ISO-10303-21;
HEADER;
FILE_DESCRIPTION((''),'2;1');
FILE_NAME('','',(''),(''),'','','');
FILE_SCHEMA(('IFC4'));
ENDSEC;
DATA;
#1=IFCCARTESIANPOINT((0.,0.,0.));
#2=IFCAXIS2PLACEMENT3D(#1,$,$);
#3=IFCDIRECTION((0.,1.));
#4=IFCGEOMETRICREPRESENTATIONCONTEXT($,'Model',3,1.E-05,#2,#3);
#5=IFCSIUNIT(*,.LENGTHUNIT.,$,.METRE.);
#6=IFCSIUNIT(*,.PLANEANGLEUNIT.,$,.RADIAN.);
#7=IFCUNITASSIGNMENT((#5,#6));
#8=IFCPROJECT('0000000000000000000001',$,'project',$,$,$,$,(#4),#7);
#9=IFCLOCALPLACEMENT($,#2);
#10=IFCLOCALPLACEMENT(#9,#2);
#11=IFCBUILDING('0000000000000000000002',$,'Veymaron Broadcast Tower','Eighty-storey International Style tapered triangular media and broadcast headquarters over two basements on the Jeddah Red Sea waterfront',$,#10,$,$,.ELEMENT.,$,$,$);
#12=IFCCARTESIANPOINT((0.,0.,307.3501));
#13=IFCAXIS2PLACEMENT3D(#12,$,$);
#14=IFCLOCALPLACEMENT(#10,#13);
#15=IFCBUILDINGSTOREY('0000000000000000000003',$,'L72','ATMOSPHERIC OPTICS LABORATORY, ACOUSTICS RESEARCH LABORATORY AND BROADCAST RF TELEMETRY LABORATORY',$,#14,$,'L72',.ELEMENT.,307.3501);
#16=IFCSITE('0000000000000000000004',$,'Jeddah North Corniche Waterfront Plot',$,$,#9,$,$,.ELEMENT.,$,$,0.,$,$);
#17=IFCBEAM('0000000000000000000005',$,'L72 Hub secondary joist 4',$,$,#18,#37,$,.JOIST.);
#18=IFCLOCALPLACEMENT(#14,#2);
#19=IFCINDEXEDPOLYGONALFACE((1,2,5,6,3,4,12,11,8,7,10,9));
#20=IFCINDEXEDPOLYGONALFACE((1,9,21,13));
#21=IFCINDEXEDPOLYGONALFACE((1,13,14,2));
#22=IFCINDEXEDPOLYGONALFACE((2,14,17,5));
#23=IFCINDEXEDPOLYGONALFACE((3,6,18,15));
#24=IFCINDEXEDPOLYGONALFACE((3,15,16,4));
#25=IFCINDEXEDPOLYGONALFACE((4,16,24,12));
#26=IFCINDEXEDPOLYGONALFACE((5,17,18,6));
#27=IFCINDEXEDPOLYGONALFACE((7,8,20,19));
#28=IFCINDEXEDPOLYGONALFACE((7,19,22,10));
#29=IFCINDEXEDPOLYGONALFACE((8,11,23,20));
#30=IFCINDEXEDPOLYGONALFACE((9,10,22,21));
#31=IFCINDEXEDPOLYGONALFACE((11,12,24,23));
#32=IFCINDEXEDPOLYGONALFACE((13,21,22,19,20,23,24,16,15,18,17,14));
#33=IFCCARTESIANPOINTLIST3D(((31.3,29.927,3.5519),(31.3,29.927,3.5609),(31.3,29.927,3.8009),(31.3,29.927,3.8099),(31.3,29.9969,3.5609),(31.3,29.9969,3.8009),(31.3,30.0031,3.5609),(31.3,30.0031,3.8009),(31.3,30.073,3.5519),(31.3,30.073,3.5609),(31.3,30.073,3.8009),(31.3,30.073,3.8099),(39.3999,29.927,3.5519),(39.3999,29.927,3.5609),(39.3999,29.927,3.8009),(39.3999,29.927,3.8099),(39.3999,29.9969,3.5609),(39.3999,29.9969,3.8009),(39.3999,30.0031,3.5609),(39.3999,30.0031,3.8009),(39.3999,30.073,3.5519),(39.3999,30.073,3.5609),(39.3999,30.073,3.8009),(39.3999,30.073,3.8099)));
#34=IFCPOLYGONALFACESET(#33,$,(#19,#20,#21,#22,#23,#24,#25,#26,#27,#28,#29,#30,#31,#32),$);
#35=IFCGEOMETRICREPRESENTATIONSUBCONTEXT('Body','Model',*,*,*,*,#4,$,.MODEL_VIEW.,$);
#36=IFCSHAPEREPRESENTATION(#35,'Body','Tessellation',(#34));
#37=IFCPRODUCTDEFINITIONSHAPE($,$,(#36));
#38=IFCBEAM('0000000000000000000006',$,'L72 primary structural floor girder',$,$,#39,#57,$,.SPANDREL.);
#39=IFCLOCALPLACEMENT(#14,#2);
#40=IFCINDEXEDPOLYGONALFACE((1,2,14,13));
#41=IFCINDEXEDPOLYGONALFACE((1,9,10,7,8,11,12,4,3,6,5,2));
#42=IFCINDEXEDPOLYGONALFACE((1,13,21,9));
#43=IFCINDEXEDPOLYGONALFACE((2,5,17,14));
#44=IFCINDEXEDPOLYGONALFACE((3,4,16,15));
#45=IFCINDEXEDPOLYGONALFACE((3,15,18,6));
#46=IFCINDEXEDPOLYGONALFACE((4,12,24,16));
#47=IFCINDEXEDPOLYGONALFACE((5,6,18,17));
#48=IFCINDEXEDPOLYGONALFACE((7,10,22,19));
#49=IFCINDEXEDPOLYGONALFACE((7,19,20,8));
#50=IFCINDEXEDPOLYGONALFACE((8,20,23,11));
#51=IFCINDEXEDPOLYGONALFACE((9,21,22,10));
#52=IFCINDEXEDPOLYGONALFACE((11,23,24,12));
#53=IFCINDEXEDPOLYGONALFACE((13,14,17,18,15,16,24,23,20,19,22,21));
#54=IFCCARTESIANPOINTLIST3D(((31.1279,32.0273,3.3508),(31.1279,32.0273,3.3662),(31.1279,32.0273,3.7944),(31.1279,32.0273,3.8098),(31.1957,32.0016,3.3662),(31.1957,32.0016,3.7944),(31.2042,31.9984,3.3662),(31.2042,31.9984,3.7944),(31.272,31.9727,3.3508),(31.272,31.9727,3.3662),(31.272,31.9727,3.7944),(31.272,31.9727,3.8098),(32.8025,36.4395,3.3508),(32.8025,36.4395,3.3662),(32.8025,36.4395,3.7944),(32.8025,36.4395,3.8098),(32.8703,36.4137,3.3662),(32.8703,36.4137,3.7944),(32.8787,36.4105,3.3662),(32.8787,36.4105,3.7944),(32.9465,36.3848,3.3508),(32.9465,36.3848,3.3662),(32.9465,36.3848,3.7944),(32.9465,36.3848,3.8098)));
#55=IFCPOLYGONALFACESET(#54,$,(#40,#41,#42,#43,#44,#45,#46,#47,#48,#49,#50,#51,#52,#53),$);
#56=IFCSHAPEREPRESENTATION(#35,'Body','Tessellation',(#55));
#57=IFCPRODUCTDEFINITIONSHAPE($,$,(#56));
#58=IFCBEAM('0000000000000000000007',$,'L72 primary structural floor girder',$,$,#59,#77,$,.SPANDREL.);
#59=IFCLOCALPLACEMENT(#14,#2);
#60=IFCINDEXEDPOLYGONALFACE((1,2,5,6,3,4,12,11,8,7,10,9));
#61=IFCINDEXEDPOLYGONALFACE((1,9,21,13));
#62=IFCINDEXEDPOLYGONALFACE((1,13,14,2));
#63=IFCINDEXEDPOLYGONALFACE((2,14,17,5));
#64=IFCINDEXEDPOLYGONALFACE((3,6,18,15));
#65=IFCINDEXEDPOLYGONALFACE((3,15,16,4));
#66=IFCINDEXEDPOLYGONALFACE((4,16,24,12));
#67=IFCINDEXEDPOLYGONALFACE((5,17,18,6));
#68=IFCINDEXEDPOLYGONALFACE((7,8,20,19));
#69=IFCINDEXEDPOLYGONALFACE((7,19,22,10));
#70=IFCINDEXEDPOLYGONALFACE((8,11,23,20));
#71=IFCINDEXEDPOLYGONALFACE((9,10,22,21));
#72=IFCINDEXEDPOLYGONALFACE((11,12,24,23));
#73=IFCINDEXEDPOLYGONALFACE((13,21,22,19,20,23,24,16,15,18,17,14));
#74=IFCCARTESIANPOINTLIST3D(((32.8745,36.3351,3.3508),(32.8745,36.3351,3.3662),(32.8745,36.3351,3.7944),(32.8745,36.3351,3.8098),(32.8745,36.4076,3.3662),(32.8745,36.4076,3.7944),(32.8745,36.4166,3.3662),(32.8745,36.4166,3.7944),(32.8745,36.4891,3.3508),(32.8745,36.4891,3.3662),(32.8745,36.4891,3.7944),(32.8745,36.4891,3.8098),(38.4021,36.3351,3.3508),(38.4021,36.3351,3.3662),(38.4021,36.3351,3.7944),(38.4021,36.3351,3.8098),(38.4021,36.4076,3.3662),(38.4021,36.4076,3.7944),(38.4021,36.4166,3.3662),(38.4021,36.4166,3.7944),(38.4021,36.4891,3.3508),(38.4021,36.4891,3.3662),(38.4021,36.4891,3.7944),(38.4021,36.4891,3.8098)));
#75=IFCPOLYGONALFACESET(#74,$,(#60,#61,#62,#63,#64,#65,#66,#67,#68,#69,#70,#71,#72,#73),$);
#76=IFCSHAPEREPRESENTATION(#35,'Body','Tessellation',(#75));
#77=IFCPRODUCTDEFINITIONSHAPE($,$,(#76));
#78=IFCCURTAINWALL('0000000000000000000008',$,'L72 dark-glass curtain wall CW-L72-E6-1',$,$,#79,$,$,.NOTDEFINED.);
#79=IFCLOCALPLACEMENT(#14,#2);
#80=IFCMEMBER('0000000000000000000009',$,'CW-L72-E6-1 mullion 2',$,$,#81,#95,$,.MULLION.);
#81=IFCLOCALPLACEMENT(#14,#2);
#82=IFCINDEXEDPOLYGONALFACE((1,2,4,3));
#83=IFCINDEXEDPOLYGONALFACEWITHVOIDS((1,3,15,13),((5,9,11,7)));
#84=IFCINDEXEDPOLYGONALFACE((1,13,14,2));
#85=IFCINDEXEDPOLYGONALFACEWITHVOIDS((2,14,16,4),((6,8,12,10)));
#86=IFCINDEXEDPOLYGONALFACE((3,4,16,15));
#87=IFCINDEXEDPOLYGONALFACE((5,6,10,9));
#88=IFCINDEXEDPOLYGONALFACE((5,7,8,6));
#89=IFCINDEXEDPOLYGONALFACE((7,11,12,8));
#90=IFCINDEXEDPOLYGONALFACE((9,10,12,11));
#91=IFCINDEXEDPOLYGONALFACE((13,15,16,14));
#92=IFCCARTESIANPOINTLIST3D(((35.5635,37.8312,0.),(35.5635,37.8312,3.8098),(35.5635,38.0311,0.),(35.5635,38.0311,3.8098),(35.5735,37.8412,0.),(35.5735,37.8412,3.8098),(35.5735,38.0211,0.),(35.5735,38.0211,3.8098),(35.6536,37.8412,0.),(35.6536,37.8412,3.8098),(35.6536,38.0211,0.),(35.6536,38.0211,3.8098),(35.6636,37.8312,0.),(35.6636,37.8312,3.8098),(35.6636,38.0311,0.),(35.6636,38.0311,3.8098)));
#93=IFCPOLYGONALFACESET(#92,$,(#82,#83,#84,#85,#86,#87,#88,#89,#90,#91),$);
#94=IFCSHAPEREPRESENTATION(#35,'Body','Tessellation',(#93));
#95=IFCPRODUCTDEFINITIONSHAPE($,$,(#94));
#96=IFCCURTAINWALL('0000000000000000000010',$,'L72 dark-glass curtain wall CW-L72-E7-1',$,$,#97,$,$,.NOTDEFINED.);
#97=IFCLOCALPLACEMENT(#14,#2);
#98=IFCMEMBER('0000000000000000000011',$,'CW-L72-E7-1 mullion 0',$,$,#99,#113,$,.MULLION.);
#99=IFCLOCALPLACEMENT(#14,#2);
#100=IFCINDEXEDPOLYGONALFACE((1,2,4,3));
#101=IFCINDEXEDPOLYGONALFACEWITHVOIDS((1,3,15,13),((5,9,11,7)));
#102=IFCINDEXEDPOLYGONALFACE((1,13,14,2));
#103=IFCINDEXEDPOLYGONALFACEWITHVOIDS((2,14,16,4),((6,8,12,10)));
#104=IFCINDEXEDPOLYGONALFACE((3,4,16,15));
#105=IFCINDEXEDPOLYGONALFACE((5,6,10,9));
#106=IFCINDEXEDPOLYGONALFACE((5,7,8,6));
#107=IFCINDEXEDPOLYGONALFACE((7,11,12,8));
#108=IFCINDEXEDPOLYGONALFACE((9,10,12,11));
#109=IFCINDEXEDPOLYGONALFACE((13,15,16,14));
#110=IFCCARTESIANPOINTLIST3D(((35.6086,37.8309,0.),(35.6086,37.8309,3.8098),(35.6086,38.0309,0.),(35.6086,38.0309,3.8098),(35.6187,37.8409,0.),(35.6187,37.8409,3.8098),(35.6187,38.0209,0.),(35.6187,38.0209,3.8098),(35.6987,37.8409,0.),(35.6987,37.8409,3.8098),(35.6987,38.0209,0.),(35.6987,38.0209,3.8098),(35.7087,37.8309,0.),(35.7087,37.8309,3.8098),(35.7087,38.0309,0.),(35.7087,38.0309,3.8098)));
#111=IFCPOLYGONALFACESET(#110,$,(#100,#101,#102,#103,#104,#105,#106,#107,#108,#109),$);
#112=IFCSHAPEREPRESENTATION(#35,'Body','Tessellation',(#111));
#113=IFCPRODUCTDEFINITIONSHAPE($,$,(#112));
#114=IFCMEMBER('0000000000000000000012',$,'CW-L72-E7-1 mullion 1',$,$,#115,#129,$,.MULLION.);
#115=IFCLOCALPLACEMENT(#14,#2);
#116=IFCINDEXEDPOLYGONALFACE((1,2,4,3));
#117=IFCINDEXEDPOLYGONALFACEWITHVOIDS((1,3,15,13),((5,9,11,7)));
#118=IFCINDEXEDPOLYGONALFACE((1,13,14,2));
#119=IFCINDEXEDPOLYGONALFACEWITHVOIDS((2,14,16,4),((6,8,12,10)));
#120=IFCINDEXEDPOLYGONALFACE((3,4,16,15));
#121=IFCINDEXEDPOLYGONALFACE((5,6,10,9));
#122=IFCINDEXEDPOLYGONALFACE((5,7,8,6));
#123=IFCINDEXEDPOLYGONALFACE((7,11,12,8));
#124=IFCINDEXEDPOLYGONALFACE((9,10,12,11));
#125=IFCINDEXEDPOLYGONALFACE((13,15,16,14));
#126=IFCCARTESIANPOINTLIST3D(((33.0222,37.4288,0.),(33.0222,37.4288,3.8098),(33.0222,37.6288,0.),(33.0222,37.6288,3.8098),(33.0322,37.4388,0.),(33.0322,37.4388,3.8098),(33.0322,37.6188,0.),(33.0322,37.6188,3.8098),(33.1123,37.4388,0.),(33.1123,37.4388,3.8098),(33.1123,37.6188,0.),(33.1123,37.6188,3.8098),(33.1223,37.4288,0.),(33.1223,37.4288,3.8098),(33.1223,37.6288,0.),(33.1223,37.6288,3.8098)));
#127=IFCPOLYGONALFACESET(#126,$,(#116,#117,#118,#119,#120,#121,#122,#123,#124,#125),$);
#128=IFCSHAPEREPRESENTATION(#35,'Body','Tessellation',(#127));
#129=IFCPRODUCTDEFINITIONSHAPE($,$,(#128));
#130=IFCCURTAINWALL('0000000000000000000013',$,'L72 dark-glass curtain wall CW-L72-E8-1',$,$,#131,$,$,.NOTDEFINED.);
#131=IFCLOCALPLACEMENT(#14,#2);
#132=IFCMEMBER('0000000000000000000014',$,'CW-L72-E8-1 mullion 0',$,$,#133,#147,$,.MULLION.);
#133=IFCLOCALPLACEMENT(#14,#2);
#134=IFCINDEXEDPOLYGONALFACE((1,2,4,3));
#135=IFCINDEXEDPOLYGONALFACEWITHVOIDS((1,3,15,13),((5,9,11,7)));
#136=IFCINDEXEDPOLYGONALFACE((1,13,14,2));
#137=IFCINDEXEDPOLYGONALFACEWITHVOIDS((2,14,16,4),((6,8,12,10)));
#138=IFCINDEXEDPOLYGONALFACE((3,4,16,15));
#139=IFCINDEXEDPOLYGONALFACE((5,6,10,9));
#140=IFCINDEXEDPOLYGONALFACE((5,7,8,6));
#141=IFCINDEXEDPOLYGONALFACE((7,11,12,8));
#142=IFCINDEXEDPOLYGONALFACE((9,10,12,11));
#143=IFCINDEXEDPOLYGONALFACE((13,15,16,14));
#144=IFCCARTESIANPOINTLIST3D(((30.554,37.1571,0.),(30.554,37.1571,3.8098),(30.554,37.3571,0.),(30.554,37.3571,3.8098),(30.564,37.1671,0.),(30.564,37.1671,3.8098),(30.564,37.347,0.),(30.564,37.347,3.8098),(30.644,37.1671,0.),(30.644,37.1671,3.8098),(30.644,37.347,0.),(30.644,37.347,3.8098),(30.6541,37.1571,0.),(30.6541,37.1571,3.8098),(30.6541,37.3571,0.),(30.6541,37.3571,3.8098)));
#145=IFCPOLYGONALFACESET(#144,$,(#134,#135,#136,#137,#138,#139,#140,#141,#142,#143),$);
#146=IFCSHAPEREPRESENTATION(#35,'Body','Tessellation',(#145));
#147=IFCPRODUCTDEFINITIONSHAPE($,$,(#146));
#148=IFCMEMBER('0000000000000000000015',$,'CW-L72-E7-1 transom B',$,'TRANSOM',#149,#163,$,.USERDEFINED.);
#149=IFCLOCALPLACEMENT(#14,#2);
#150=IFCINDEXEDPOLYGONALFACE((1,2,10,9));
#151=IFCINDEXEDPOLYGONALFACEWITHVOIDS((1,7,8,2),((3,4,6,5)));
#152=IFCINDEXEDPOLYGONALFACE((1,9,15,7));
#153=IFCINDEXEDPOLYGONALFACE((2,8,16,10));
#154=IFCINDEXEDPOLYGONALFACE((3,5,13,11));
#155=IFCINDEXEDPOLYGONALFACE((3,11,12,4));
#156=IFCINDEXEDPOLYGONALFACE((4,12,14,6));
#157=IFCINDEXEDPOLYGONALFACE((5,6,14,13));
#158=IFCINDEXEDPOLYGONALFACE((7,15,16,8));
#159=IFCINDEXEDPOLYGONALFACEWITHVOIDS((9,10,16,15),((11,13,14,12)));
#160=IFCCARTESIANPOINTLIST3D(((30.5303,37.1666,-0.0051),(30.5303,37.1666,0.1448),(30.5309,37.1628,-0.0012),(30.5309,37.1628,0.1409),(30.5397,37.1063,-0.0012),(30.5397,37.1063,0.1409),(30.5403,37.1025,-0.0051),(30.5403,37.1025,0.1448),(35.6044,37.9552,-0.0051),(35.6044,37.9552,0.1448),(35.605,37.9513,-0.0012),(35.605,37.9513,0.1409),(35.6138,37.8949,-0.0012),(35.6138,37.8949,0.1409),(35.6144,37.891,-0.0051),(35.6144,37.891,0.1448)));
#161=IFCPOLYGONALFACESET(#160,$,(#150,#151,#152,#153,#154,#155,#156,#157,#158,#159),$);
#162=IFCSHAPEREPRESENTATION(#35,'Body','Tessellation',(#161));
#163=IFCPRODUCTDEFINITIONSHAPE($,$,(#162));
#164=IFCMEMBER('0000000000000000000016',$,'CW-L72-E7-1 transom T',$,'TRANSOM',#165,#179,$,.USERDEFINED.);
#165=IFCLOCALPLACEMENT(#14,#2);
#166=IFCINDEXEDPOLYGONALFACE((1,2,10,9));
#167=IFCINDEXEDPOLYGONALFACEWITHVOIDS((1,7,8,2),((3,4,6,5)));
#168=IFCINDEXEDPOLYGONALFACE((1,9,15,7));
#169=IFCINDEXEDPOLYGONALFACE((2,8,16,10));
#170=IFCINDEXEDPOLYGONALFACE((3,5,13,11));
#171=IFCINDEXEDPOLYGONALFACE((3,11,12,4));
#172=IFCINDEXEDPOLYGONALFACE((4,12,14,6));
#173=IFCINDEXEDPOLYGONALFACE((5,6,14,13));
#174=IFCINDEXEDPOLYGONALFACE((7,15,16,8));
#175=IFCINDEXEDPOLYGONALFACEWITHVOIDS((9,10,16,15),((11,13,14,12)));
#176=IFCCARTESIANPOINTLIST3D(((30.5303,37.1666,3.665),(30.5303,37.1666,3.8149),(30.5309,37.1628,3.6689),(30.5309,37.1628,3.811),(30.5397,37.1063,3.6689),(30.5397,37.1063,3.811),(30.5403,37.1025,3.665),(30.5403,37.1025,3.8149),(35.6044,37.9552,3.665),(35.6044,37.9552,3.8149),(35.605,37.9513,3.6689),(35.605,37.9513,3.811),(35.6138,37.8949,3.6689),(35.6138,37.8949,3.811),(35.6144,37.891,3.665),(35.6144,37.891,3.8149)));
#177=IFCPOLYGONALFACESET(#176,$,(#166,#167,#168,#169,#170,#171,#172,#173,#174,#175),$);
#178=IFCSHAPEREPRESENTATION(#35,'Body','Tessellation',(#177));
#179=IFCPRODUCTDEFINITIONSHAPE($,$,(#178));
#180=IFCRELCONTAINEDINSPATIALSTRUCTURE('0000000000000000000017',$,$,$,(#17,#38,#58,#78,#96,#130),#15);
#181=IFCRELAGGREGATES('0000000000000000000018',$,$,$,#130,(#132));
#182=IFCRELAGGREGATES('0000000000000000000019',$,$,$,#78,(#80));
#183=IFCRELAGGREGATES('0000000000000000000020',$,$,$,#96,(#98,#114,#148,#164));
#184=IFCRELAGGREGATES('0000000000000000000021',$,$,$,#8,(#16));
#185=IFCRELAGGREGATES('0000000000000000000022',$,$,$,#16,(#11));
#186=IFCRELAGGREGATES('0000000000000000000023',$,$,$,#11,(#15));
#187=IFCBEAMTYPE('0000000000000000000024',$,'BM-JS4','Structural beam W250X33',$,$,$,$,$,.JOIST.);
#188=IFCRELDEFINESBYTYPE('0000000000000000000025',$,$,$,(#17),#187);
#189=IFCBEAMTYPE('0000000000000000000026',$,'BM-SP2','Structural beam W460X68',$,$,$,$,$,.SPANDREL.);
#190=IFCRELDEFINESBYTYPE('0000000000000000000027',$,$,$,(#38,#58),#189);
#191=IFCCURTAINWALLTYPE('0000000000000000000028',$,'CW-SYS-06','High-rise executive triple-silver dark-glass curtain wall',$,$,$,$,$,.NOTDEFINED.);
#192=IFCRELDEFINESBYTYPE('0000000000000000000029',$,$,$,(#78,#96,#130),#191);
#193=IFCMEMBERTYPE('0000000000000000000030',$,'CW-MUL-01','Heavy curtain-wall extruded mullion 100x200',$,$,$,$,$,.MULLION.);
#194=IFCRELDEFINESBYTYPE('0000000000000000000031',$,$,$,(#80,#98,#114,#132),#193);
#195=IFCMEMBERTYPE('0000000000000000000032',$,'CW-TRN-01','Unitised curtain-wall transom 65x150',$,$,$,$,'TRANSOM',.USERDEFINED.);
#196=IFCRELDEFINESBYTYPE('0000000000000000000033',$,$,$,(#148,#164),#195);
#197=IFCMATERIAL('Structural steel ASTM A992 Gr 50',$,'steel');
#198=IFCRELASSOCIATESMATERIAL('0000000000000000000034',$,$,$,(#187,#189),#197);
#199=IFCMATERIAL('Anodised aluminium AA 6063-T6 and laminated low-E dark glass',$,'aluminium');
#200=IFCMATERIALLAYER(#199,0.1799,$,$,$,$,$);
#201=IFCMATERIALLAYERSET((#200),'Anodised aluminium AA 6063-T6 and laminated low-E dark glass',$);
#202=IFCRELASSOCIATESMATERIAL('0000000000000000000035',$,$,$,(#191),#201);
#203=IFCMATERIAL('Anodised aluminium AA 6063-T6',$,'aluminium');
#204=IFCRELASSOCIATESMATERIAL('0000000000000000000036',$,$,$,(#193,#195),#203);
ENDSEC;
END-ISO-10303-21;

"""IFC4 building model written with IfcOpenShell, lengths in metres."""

from ifc_helpers import new_model, si_unit, direction, frame, origin, origin_2d, place, context, subcontext, project, spatial, hollow_rectangle, i_section, extrude, material, layer, layer_set, material_profile, profile_set, type_object, element, aggregate, save


model = new_model("IFC4")

# Units and contexts
model_context = context("Model", 3, precision=1e-05, world=origin(), true_north=direction((0.0, 1.0)))
body_context = subcontext(model_context, "Body", "Model", "MODEL_VIEW")
ifc_project = project(units=[si_unit("LENGTHUNIT", "METRE"), si_unit("PLANEANGLEUNIT", "RADIAN")], contexts=[model_context])

# Site, building, storey
site_placement = place(None, origin())
site = spatial("IfcSite", under=ifc_project, at=site_placement, Name="Jeddah North Corniche Waterfront Plot", CompositionType="ELEMENT", RefElevation=0.0)
building_placement = place(site_placement, origin())
building = spatial("IfcBuilding", under=site, at=building_placement, Name="Veymaron Broadcast Tower", Description="Eighty-storey International Style tapered triangular media and broadcast headquarters over two basements on the Jeddah Red Sea waterfront", CompositionType="ELEMENT")
storey_placement = place(building_placement, frame((0.0, 0.0, 307.3501)))
storey = spatial("IfcBuildingStorey", under=building, at=storey_placement, Name="L72", Description="ATMOSPHERIC OPTICS LABORATORY, ACOUSTICS RESEARCH LABORATORY AND BROADCAST RF TELEMETRY LABORATORY", LongName="L72", CompositionType="ELEMENT", Elevation=307.3501)

# Shared definitions
ifc_material_1 = material(Name="Structural steel ASTM A992 Gr 50", Category="steel")

# Beams
ifc_material_profile_1 = material_profile(ifc_material_1, i_section(OverallWidth=0.146, OverallDepth=0.2581, WebThickness=0.0061, FlangeThickness=0.009, at=origin_2d()), Name="W250X33")
ifc_profile_set_1 = profile_set([ifc_material_profile_1], Name="Structural steel ASTM A992 Gr 50")
beam_type_1 = type_object("IfcBeamType", Name="BM-JS4", Description="Structural beam W250X33", PredefinedType="JOIST", material=ifc_profile_set_1)
for number, where, z_axis, x_axis, name in (
    (1, (31.3, 30.0, 3.6809), (1.0, 0.0, 0.0), (0.0, 1.0, 0.0), "L72 Hub secondary joist 4"),
):
    element("IfcBeam", number, at=place(storey_placement, frame(where, z_axis=z_axis, x_axis=x_axis)), inside=storey, type_object=beam_type_1, Name=name, PredefinedType="JOIST", context=body_context, shape_type="SweptSolid", body=[
        extrude(i_section(OverallWidth=0.146, OverallDepth=0.2581, WebThickness=0.0061, FlangeThickness=0.009, at=origin_2d()), origin(), (0.0, 0.0, 1.0), 8.0999),
    ])
ifc_material_profile_2 = material_profile(ifc_material_1, i_section(OverallWidth=0.1541, OverallDepth=0.459, WebThickness=0.009, FlangeThickness=0.0154, at=origin_2d()), Name="W460X68")
ifc_profile_set_2 = profile_set([ifc_material_profile_2], Name="Structural steel ASTM A992 Gr 50")
beam_type_2 = type_object("IfcBeamType", Name="BM-SP2", Description="Structural beam W460X68", PredefinedType="SPANDREL", material=ifc_profile_set_2)
beam_1_placement = place(storey_placement, frame((31.2, 32.0, 3.5803), z_axis=(0.35484, 0.934927, 0.0), x_axis=(-0.934927, 0.35484, 0.0)))
element("IfcBeam", 2, at=beam_1_placement, inside=storey, type_object=beam_type_2, Name="L72 primary structural floor girder", PredefinedType="SPANDREL", context=body_context, shape_type="SweptSolid", body=[
    extrude(i_section(OverallWidth=0.1541, OverallDepth=0.459, WebThickness=0.009, FlangeThickness=0.0154, at=origin_2d()), origin(), (0.0, 0.0, 1.0), 4.7192),
])
beam_2_placement = place(storey_placement, frame((32.8745, 36.4121, 3.5803), z_axis=(1.0, 0.0, 0.0), x_axis=(0.0, 1.0, 0.0)))
element("IfcBeam", 3, at=beam_2_placement, inside=storey, type_object=beam_type_2, Name="L72 primary structural floor girder", PredefinedType="SPANDREL", context=body_context, shape_type="SweptSolid", body=[
    extrude(i_section(OverallWidth=0.1541, OverallDepth=0.459, WebThickness=0.009, FlangeThickness=0.0154, at=origin_2d()), origin(), (0.0, 0.0, 1.0), 5.5276),
])

# Curtain wall, member
ifc_material_2 = material(Name="Anodised aluminium AA 6063-T6 and laminated low-E dark glass", Category="aluminium")
ifc_layer_1 = layer(ifc_material_2, 0.1799)
ifc_layer_set_1 = layer_set([ifc_layer_1], Name="Anodised aluminium AA 6063-T6 and laminated low-E dark glass")
curtain_wall_type = type_object("IfcCurtainWallType", Name="CW-SYS-06", Description="High-rise executive triple-silver dark-glass curtain wall", PredefinedType="NOTDEFINED", material=ifc_layer_set_1)
curtain_wall_1_placement = place(storey_placement, origin())
curtain_wall_1 = element("IfcCurtainWall", 4, at=curtain_wall_1_placement, inside=storey, type_object=curtain_wall_type, Name="L72 dark-glass curtain wall CW-L72-E6-1", PredefinedType="NOTDEFINED")
ifc_material_3 = material(Name="Anodised aluminium AA 6063-T6", Category="aluminium")
ifc_material_profile_3 = material_profile(ifc_material_3, hollow_rectangle(XDim=0.1001, YDim=0.2, WallThickness=0.01, at=origin_2d()), Name="RHS200X100X10")
ifc_profile_set_3 = profile_set([ifc_material_profile_3], Name="Anodised aluminium AA 6063-T6")
member_type_1 = type_object("IfcMemberType", Name="CW-MUL-01", Description="Heavy curtain-wall extruded mullion 100x200", PredefinedType="MULLION", material=ifc_profile_set_3)
member_1_placement = place(storey_placement, frame((35.6135, 37.9312, 0.0), z_axis=(0.0, 0.0, 1.0), x_axis=(1.0, 0.0, 0.0)))
member_1 = element("IfcMember", 5, at=member_1_placement, type_object=member_type_1, Name="CW-L72-E6-1 mullion 2", PredefinedType="MULLION", context=body_context, shape_type="SweptSolid", body=[
    extrude(hollow_rectangle(XDim=0.1001, YDim=0.2, WallThickness=0.01, at=origin_2d()), origin(), (0.0, 0.0, 1.0), 3.8098),
])

# Curtain wall, members
curtain_wall_2_placement = place(storey_placement, origin())
curtain_wall_2 = element("IfcCurtainWall", 6, at=curtain_wall_2_placement, inside=storey, type_object=curtain_wall_type, Name="L72 dark-glass curtain wall CW-L72-E7-1", PredefinedType="NOTDEFINED")
member_2_placement = place(storey_placement, frame((35.6587, 37.9309, 0.0), z_axis=(0.0, 0.0, 1.0), x_axis=(1.0, 0.0, 0.0)))
member_2 = element("IfcMember", 7, at=member_2_placement, type_object=member_type_1, Name="CW-L72-E7-1 mullion 0", PredefinedType="MULLION", context=body_context, shape_type="SweptSolid", body=[
    extrude(hollow_rectangle(XDim=0.1001, YDim=0.2, WallThickness=0.01, at=origin_2d()), origin(), (0.0, 0.0, 1.0), 3.8098),
])
member_3_placement = place(storey_placement, frame((33.0723, 37.5288, 0.0), z_axis=(0.0, 0.0, 1.0), x_axis=(1.0, 0.0, 0.0)))
member_3 = element("IfcMember", 8, at=member_3_placement, type_object=member_type_1, Name="CW-L72-E7-1 mullion 1", PredefinedType="MULLION", context=body_context, shape_type="SweptSolid", body=[
    extrude(hollow_rectangle(XDim=0.1001, YDim=0.2, WallThickness=0.01, at=origin_2d()), origin(), (0.0, 0.0, 1.0), 3.8098),
])

# Curtain wall, member
curtain_wall_3_placement = place(storey_placement, origin())
curtain_wall_3 = element("IfcCurtainWall", 9, at=curtain_wall_3_placement, inside=storey, type_object=curtain_wall_type, Name="L72 dark-glass curtain wall CW-L72-E8-1", PredefinedType="NOTDEFINED")
member_4_placement = place(storey_placement, frame((30.604, 37.2571, 0.0), z_axis=(0.0, 0.0, 1.0), x_axis=(1.0, 0.0, 0.0)))
member_4 = element("IfcMember", 10, at=member_4_placement, type_object=member_type_1, Name="CW-L72-E8-1 mullion 0", PredefinedType="MULLION", context=body_context, shape_type="SweptSolid", body=[
    extrude(hollow_rectangle(XDim=0.1001, YDim=0.2, WallThickness=0.01, at=origin_2d()), origin(), (0.0, 0.0, 1.0), 3.8098),
])

# Members
ifc_material_profile_4 = material_profile(ifc_material_3, hollow_rectangle(XDim=0.0649, YDim=0.1499, WallThickness=0.0039, at=origin_2d()), Name="AL150X65X4")
ifc_profile_set_4 = profile_set([ifc_material_profile_4], Name="Anodised aluminium AA 6063-T6")
member_type_2 = type_object("IfcMemberType", Name="CW-TRN-01", Description="Unitised curtain-wall transom 65x150", ElementType="TRANSOM", PredefinedType="USERDEFINED", material=ifc_profile_set_4)
member_5_placement = place(storey_placement, frame((35.6094, 37.9231, 0.0698), z_axis=(-0.988139, -0.153565, 0.0), x_axis=(0.153565, -0.988139, 0.0)))
member_5 = element("IfcMember", 11, at=member_5_placement, type_object=member_type_2, Name="CW-L72-E7-1 transom B", ObjectType="TRANSOM", PredefinedType="USERDEFINED", context=body_context, shape_type="SweptSolid", body=[
    extrude(hollow_rectangle(XDim=0.0649, YDim=0.1499, WallThickness=0.0039, at=origin_2d()), origin(), (0.0, 0.0, 1.0), 5.135),
])
member_6_placement = place(storey_placement, frame((35.6094, 37.9231, 3.74), z_axis=(-0.988139, -0.153565, 0.0), x_axis=(0.153565, -0.988139, 0.0)))
member_6 = element("IfcMember", 12, at=member_6_placement, type_object=member_type_2, Name="CW-L72-E7-1 transom T", ObjectType="TRANSOM", PredefinedType="USERDEFINED", context=body_context, shape_type="SweptSolid", body=[
    extrude(hollow_rectangle(XDim=0.0649, YDim=0.1499, WallThickness=0.0039, at=origin_2d()), origin(), (0.0, 0.0, 1.0), 5.135),
])
aggregate(curtain_wall_3, [member_4])

aggregate(curtain_wall_1, [member_1])
aggregate(curtain_wall_2, [member_2, member_3, member_5, member_6])

save(model, "model.ifc")
